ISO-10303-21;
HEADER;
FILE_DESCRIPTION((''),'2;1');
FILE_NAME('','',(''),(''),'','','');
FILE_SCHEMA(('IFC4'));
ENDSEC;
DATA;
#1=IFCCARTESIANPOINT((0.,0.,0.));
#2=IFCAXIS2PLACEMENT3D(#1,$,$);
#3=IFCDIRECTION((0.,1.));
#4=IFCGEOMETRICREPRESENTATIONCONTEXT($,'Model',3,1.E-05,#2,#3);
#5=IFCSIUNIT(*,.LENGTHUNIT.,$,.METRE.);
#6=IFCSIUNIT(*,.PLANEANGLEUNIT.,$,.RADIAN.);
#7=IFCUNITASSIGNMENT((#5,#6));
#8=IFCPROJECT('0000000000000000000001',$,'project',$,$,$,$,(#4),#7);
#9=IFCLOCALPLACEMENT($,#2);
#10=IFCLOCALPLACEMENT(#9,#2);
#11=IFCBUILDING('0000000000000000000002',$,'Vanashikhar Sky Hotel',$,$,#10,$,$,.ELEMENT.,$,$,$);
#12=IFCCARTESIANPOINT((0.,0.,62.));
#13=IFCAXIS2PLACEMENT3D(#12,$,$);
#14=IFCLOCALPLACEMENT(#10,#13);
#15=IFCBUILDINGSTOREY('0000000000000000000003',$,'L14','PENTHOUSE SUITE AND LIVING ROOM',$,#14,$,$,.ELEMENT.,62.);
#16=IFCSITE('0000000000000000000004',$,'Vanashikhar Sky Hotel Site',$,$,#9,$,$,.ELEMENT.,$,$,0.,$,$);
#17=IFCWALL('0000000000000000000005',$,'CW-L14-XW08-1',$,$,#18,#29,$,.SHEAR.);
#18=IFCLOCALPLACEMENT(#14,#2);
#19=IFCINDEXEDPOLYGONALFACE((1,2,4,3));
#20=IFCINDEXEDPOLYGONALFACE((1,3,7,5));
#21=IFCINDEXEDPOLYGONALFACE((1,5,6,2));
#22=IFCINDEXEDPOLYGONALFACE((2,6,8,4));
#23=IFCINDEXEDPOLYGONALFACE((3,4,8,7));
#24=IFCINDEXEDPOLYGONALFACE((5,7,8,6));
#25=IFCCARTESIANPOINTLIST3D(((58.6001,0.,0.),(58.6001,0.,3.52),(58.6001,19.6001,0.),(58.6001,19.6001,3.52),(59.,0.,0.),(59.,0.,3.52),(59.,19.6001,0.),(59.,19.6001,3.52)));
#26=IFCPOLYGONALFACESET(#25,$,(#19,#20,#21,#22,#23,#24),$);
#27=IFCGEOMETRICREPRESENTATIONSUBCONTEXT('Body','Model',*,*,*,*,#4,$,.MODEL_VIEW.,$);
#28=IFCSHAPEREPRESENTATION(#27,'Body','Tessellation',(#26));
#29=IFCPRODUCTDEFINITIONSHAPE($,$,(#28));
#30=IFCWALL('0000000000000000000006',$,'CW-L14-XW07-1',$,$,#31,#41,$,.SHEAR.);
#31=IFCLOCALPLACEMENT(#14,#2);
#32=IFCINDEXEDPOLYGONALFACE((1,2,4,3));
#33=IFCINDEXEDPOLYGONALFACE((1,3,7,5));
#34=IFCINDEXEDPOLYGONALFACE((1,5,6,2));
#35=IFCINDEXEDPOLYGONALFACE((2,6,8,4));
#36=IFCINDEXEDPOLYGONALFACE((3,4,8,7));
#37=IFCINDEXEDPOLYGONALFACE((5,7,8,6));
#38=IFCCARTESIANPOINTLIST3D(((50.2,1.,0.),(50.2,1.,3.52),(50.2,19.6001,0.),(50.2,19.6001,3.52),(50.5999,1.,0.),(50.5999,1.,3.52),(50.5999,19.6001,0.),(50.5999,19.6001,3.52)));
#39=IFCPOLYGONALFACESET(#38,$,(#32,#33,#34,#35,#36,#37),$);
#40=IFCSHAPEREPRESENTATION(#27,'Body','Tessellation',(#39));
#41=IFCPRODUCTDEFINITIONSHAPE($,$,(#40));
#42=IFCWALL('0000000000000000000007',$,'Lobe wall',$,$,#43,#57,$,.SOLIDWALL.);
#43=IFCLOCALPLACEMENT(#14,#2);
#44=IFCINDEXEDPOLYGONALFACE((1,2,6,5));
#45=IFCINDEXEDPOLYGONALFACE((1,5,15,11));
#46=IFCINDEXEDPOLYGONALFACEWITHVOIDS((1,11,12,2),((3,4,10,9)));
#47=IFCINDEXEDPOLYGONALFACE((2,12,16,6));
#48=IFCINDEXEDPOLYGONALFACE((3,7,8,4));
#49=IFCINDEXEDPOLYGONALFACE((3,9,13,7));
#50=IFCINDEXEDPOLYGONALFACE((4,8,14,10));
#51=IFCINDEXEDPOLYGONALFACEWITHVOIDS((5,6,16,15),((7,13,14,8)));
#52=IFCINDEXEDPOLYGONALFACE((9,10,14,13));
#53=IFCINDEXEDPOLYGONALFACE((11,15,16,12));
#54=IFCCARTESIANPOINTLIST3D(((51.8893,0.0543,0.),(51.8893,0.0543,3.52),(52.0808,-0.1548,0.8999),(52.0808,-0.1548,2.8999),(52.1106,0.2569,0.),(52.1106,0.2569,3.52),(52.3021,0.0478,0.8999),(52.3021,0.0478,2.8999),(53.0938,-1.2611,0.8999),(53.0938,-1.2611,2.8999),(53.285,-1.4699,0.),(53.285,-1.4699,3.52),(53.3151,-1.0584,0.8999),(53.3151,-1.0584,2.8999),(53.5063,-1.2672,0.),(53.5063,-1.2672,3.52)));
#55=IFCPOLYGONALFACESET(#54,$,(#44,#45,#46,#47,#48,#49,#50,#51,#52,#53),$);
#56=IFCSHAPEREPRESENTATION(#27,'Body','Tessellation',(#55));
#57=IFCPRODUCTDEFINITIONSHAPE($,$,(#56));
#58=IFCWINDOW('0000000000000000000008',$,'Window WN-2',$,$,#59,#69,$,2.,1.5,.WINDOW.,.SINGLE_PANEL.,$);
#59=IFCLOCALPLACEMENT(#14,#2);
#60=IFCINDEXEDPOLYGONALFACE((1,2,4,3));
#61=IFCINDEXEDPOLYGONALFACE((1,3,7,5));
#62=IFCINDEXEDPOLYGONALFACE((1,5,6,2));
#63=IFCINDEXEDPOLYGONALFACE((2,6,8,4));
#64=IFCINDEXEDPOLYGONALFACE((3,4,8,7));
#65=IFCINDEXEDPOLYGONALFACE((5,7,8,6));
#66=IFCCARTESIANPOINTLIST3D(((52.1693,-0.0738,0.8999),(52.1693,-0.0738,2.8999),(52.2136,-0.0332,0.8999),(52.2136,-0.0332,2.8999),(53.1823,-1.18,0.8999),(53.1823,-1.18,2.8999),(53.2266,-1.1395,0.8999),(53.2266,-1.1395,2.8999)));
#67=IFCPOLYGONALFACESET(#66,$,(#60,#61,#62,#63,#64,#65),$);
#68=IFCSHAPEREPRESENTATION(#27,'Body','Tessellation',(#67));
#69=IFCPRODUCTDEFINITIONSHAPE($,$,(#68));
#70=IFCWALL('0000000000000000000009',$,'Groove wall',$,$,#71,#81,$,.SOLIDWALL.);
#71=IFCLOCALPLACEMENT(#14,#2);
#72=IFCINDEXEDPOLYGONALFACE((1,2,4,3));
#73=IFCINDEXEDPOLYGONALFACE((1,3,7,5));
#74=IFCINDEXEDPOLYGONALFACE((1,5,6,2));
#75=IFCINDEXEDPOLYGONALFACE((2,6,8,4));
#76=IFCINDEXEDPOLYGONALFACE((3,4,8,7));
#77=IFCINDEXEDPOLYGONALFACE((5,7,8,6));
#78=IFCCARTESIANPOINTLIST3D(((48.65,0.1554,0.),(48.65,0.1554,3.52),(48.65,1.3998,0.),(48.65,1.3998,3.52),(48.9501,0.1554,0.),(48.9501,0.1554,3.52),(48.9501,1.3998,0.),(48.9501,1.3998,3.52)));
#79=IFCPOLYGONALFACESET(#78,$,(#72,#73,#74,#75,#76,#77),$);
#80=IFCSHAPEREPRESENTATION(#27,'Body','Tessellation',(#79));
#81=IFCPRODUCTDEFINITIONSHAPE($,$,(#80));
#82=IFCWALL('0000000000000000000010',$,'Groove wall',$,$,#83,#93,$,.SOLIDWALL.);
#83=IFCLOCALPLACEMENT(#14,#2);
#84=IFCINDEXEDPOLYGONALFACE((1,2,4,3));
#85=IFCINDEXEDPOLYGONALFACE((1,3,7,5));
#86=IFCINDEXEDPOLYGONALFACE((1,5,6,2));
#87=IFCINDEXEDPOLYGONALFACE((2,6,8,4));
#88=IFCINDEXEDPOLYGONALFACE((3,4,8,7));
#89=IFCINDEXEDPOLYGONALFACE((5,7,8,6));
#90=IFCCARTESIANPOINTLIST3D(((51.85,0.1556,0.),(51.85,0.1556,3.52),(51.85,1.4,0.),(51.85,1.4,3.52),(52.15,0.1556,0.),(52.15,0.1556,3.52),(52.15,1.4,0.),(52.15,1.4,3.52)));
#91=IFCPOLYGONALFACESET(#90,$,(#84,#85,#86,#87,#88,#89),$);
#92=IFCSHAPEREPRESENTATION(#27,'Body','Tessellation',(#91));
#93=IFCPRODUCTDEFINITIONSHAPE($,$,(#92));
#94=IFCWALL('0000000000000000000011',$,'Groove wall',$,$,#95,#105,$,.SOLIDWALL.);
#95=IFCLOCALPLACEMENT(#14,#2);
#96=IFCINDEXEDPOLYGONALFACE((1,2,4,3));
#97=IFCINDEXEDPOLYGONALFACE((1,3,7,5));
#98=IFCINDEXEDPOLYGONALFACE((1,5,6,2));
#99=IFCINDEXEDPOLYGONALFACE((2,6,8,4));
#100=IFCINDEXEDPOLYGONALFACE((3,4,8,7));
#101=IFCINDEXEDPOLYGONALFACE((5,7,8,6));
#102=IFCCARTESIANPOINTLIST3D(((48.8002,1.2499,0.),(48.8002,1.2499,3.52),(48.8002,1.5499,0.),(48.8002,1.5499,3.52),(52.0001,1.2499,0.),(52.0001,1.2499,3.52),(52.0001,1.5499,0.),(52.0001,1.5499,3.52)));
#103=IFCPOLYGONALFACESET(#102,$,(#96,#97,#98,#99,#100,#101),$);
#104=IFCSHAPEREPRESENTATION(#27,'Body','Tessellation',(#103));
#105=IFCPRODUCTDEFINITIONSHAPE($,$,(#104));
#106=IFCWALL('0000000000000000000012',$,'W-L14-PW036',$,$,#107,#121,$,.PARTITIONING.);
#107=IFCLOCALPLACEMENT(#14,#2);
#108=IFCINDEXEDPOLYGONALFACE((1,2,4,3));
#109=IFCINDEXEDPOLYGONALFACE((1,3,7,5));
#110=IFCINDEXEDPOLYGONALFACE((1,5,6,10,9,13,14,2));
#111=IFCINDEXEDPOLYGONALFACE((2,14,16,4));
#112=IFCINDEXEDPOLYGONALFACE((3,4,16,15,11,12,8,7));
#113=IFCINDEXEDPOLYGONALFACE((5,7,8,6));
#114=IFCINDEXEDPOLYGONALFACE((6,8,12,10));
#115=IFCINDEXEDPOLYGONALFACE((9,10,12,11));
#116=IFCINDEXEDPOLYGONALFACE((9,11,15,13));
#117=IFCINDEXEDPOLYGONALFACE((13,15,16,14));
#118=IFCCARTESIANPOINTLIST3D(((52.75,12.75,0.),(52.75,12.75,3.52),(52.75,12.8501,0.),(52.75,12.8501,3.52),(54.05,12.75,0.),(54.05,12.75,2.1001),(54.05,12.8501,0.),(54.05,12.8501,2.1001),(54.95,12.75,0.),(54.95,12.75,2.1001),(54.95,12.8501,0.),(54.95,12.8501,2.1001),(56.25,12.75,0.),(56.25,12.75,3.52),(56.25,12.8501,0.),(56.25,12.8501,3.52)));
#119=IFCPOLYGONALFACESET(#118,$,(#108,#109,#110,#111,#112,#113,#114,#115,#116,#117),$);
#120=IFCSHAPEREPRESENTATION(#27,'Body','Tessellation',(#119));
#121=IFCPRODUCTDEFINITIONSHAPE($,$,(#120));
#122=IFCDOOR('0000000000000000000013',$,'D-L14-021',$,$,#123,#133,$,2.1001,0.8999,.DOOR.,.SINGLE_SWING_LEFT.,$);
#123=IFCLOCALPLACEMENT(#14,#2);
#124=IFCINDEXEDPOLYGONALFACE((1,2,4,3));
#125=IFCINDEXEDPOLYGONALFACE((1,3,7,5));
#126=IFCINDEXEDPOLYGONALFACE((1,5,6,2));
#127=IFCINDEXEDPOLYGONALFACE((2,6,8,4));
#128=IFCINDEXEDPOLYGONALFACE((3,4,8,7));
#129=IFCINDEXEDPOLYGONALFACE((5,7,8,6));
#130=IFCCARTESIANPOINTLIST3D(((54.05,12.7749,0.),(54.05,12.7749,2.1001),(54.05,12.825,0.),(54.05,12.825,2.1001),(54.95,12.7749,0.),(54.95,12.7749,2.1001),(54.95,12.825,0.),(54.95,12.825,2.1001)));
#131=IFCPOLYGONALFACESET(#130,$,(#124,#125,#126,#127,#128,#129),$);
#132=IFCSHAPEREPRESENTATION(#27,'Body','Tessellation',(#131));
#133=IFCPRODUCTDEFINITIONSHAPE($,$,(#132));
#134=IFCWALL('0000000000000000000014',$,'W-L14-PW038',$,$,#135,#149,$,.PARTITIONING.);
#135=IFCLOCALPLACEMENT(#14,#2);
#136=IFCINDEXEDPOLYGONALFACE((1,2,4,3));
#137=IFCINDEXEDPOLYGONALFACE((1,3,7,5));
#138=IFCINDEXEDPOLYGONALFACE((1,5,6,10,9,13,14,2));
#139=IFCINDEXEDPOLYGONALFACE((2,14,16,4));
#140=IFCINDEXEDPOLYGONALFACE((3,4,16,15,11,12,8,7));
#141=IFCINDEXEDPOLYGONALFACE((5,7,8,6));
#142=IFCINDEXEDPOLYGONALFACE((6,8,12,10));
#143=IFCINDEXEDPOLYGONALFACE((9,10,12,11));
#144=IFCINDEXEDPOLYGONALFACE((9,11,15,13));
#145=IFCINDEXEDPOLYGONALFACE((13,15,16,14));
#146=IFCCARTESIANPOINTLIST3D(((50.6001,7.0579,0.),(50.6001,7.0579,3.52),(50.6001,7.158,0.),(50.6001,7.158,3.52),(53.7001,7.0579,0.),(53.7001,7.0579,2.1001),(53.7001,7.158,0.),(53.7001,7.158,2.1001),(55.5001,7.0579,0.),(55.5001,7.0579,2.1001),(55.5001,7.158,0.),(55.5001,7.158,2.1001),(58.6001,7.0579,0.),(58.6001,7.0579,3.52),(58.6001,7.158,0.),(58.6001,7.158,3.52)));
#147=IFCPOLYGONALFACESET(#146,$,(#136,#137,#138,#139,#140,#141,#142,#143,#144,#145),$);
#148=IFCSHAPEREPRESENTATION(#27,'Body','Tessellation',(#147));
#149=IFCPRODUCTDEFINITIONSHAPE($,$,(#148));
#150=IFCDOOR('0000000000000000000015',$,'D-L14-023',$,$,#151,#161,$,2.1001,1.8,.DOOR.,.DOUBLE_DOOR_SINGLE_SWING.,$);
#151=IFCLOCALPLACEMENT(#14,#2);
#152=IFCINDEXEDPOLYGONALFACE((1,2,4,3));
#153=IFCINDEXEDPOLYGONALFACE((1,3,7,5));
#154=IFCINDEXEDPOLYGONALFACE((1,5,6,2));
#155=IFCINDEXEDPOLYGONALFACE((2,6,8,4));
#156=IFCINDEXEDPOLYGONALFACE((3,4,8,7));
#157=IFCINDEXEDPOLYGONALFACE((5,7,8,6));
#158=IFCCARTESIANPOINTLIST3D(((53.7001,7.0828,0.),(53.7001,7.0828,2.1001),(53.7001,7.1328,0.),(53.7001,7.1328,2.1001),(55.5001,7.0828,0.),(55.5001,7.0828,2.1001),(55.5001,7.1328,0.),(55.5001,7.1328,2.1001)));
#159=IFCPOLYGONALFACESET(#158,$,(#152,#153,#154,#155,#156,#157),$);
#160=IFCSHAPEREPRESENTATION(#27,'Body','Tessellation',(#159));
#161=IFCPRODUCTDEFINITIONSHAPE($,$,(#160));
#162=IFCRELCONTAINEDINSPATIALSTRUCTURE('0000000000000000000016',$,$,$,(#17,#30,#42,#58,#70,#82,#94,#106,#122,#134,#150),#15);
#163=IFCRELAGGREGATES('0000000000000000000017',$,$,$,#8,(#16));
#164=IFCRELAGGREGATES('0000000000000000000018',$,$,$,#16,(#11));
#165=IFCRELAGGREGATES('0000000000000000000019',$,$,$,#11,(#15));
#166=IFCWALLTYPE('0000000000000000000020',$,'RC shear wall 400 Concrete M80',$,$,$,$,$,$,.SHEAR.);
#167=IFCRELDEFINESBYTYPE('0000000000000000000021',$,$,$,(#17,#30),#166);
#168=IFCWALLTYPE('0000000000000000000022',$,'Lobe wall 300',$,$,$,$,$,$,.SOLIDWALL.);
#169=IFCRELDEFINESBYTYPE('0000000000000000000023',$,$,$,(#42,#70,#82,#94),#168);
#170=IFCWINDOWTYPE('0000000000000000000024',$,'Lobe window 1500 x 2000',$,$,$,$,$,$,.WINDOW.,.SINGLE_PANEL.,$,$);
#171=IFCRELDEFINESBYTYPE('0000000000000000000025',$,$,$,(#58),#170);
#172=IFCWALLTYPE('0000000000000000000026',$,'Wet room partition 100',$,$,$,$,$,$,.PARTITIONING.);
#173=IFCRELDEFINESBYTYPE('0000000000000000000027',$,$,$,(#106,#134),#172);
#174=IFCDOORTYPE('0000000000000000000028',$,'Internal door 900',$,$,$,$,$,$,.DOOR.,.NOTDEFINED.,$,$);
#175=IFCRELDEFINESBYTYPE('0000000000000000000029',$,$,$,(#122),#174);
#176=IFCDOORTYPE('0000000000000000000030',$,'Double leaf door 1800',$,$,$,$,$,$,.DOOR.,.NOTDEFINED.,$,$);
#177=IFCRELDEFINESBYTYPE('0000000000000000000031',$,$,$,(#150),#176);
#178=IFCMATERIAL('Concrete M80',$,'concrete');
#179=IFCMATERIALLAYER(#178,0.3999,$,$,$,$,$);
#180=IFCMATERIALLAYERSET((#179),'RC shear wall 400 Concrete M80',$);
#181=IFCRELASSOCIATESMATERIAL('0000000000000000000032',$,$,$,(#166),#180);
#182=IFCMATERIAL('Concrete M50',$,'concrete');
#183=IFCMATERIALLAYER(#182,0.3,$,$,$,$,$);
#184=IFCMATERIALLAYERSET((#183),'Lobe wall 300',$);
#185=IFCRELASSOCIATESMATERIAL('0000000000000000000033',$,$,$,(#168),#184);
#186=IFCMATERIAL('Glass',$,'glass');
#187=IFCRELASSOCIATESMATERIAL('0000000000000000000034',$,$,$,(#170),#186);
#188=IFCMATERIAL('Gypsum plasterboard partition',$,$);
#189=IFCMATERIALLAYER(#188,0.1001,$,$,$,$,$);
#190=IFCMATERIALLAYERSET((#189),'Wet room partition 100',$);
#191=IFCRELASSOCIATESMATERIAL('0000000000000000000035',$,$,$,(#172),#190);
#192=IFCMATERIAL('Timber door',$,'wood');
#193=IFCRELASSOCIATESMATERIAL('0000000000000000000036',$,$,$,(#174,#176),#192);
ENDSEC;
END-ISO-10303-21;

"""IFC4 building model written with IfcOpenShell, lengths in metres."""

from ifc_helpers import new_model, si_unit, direction, frame, frame_2d, origin, place, context, subcontext, project, spatial, rectangle, extrude, source, transform, mapped, material, layer, layer_set, type_object, element, fill, save


model = new_model("IFC4")

# Units and contexts
model_context = context("Model", 3, precision=1e-05, world=origin(), true_north=direction((0.0, 1.0)))
body_context = subcontext(model_context, "Body", "Model", "MODEL_VIEW")
ifc_project = project(units=[si_unit("LENGTHUNIT", "METRE"), si_unit("PLANEANGLEUNIT", "RADIAN")], contexts=[model_context])

# Site, building, storey
site_placement = place(None, origin())
site = spatial("IfcSite", under=ifc_project, at=site_placement, Name="Vanashikhar Sky Hotel Site", CompositionType="ELEMENT", RefElevation=0.0)
building_placement = place(site_placement, origin())
building = spatial("IfcBuilding", under=site, at=building_placement, Name="Vanashikhar Sky Hotel", CompositionType="ELEMENT")
storey_placement = place(building_placement, frame((0.0, 0.0, 62.0)))
storey = spatial("IfcBuildingStorey", under=building, at=storey_placement, Name="L14", Description="PENTHOUSE SUITE AND LIVING ROOM", CompositionType="ELEMENT", Elevation=62.0)

# Walls
ifc_material_1 = material(Name="Concrete M80", Category="concrete")
ifc_layer_1 = layer(ifc_material_1, 0.3999)
ifc_layer_set_1 = layer_set([ifc_layer_1], Name="RC shear wall 400 Concrete M80")
wall_type_1 = type_object("IfcWallType", Name="RC shear wall 400 Concrete M80", PredefinedType="SHEAR", material=ifc_layer_set_1)
shared_shape_1 = source(origin(), body_context, "Body", "SweptSolid", [
    extrude(rectangle(XDim=19.6001, YDim=0.3999, at=frame_2d((9.8, 0.0))), origin(), (0.0, 0.0, 1.0), 3.52),
])
wall_1_placement = place(storey_placement, frame((58.8, 0.0, 0.0), z_axis=(0.0, 0.0, 1.0), x_axis=(0.0, 1.0, 0.0)))
element("IfcWall", 1, at=wall_1_placement, inside=storey, type_object=wall_type_1, Name="CW-L14-XW08-1", PredefinedType="SHEAR", context=body_context, shape_type="MappedRepresentation", body=[
    mapped(shared_shape_1, transform((0.0, 0.0, 0.0), scale=1.0)),
])
shared_shape_2 = source(origin(), body_context, "Body", "SweptSolid", [
    extrude(rectangle(XDim=18.6001, YDim=0.3999, at=frame_2d((9.3, 0.0))), origin(), (0.0, 0.0, 1.0), 3.52),
])
wall_2_placement = place(storey_placement, frame((50.3999, 1.0, 0.0), z_axis=(0.0, 0.0, 1.0), x_axis=(0.0, 1.0, 0.0)))
element("IfcWall", 2, at=wall_2_placement, inside=storey, type_object=wall_type_1, Name="CW-L14-XW07-1", PredefinedType="SHEAR", context=body_context, shape_type="MappedRepresentation", body=[
    mapped(shared_shape_2, transform((0.0, 0.0, 0.0), scale=1.0)),
])

# Wall, opening, window
ifc_material_2 = material(Name="Concrete M50", Category="concrete")
ifc_layer_2 = layer(ifc_material_2, 0.3)
ifc_layer_set_2 = layer_set([ifc_layer_2], Name="Lobe wall 300")
wall_type_2 = type_object("IfcWallType", Name="Lobe wall 300", PredefinedType="SOLIDWALL", material=ifc_layer_set_2)
shared_shape_3 = source(origin(), body_context, "Body", "SweptSolid", [
    extrude(rectangle(XDim=2.0667, YDim=0.3, at=frame_2d((1.0332, 0.0))), origin(), (0.0, 0.0, 1.0), 3.52),
])
wall_3_placement = place(storey_placement, frame((52.0, 0.1555, 0.0), z_axis=(0.0, 0.0, 1.0), x_axis=(0.675355, -0.737492, 0.0)))
wall_3 = element("IfcWall", 3, at=wall_3_placement, inside=storey, type_object=wall_type_2, Name="Lobe wall", PredefinedType="SOLIDWALL", context=body_context, shape_type="MappedRepresentation", body=[
    mapped(shared_shape_3, transform((0.0, 0.0, 0.0), scale=1.0)),
])
shared_shape_4 = source(origin(), body_context, "Body", "SweptSolid", [
    extrude(rectangle(XDim=1.5, YDim=2.0, at=frame_2d((0.75, 1.0))), frame((0.0, 0.1602, 0.0), z_axis=(0.0, -1.0, 0.0), x_axis=(1.0, 0.0, 0.0)), (0.0, 0.0, 1.0), 0.3201),
])
opening_1_placement = place(wall_3_placement, frame((0.2834, 0.0, 0.8999)))
opening_1 = element("IfcOpeningElement", 4, at=opening_1_placement, cuts=wall_3, PredefinedType="OPENING", context=body_context, shape_type="MappedRepresentation", body=[
    mapped(shared_shape_4, transform((0.0, 0.0, 0.0), scale=1.0)),
])
ifc_material_3 = material(Name="Glass", Category="glass")
window_type = type_object("IfcWindowType", Name="Lobe window 1500 x 2000", PartitioningType="SINGLE_PANEL", PredefinedType="WINDOW", material=ifc_material_3)
shared_shape_5 = source(origin(), body_context, "Body", "SweptSolid", [
    extrude(rectangle(XDim=1.5, YDim=2.0, at=frame_2d((0.75, 1.0))), frame((0.0, 0.03, 0.0), z_axis=(0.0, -1.0, 0.0), x_axis=(1.0, 0.0, 0.0)), (0.0, 0.0, 1.0), 0.0601),
])
window_placement = place(opening_1_placement, origin())
window = element("IfcWindow", 5, at=window_placement, inside=storey, type_object=window_type, Name="Window WN-2", OverallHeight=2.0, OverallWidth=1.5, PartitioningType="SINGLE_PANEL", PredefinedType="WINDOW", context=body_context, shape_type="MappedRepresentation", body=[
    mapped(shared_shape_5, transform((0.0, 0.0, 0.0), scale=1.0)),
])
fill(opening_1, window)

# Walls
shared_shape_6 = source(origin(), body_context, "Body", "SweptSolid", [
    extrude(rectangle(XDim=1.2444, YDim=0.3, at=frame_2d((0.6221, 0.0))), origin(), (0.0, 0.0, 1.0), 3.52),
])
for number, where, z_axis, x_axis, name in (
    (6, (48.8, 0.1555, 0.0), (0.0, 0.0, 1.0), (0.0, 1.0, 0.0), "Groove wall"),
    (7, (52.0, 1.3999, 0.0), (0.0, 0.0, 1.0), (0.0, -1.0, 0.0), "Groove wall"),
):
    element("IfcWall", number, at=place(storey_placement, frame(where, z_axis=z_axis, x_axis=x_axis)), inside=storey, type_object=wall_type_2, Name=name, PredefinedType="SOLIDWALL", context=body_context, shape_type="MappedRepresentation", body=[
        mapped(shared_shape_6, transform((0.0, 0.0, 0.0), scale=1.0)),
    ])
shared_shape_7 = source(origin(), body_context, "Body", "SweptSolid", [
    extrude(rectangle(XDim=3.2, YDim=0.3, at=frame_2d((1.6001, 0.0))), origin(), (0.0, 0.0, 1.0), 3.52),
])
wall_4_placement = place(storey_placement, frame((48.8, 1.3999, 0.0), z_axis=(0.0, 0.0, 1.0), x_axis=(1.0, 0.0, 0.0)))
element("IfcWall", 8, at=wall_4_placement, inside=storey, type_object=wall_type_2, Name="Groove wall", PredefinedType="SOLIDWALL", context=body_context, shape_type="MappedRepresentation", body=[
    mapped(shared_shape_7, transform((0.0, 0.0, 0.0), scale=1.0)),
])

# Walls, openings, doors
ifc_material_4 = material(Name="Gypsum plasterboard partition")
ifc_layer_3 = layer(ifc_material_4, 0.1001)
ifc_layer_set_3 = layer_set([ifc_layer_3], Name="Wet room partition 100")
wall_type_3 = type_object("IfcWallType", Name="Wet room partition 100", PredefinedType="PARTITIONING", material=ifc_layer_set_3)
shared_shape_8 = source(origin(), body_context, "Body", "SweptSolid", [
    extrude(rectangle(XDim=3.5, YDim=0.1001, at=frame_2d((1.75, 0.0))), origin(), (0.0, 0.0, 1.0), 3.52),
])
wall_5_placement = place(storey_placement, frame((52.75, 12.8, 0.0), z_axis=(0.0, 0.0, 1.0), x_axis=(1.0, 0.0, 0.0)))
wall_5 = element("IfcWall", 9, at=wall_5_placement, inside=storey, type_object=wall_type_3, Name="W-L14-PW036", PredefinedType="PARTITIONING", context=body_context, shape_type="MappedRepresentation", body=[
    mapped(shared_shape_8, transform((0.0, 0.0, 0.0), scale=1.0)),
])
shared_shape_9 = source(origin(), body_context, "Body", "SweptSolid", [
    extrude(rectangle(XDim=0.8999, YDim=2.1001, at=frame_2d((0.45, 1.05))), frame((0.0, 0.0601, 0.0), z_axis=(0.0, -1.0, 0.0), x_axis=(1.0, 0.0, 0.0)), (0.0, 0.0, 1.0), 0.1201),
])
opening_2_placement = place(wall_5_placement, frame((1.3, 0.0, 0.0)))
opening_2 = element("IfcOpeningElement", 10, at=opening_2_placement, cuts=wall_5, PredefinedType="OPENING", context=body_context, shape_type="MappedRepresentation", body=[
    mapped(shared_shape_9, transform((0.0, 0.0, 0.0), scale=1.0)),
])
ifc_material_5 = material(Name="Timber door", Category="wood")
door_type_1 = type_object("IfcDoorType", Name="Internal door 900", OperationType="NOTDEFINED", PredefinedType="DOOR", material=ifc_material_5)
shared_shape_10 = source(origin(), body_context, "Body", "SweptSolid", [
    extrude(rectangle(XDim=0.8999, YDim=2.1001, at=frame_2d((0.45, 1.05))), frame((0.0, 0.0249, 0.0), z_axis=(0.0, -1.0, 0.0), x_axis=(1.0, 0.0, 0.0)), (0.0, 0.0, 1.0), 0.05),
])
door_1_placement = place(opening_2_placement, origin())
door_1 = element("IfcDoor", 11, at=door_1_placement, inside=storey, type_object=door_type_1, Name="D-L14-021", OperationType="SINGLE_SWING_LEFT", OverallHeight=2.1001, OverallWidth=0.8999, PredefinedType="DOOR", context=body_context, shape_type="MappedRepresentation", body=[
    mapped(shared_shape_10, transform((0.0, 0.0, 0.0), scale=1.0)),
])
fill(opening_2, door_1)
shared_shape_11 = source(origin(), body_context, "Body", "SweptSolid", [
    extrude(rectangle(XDim=8.0, YDim=0.1001, at=frame_2d((4.0, 0.0))), origin(), (0.0, 0.0, 1.0), 3.52),
])
wall_6_placement = place(storey_placement, frame((50.6001, 7.1079, 0.0), z_axis=(0.0, 0.0, 1.0), x_axis=(1.0, 0.0, 0.0)))
wall_6 = element("IfcWall", 12, at=wall_6_placement, inside=storey, type_object=wall_type_3, Name="W-L14-PW038", PredefinedType="PARTITIONING", context=body_context, shape_type="MappedRepresentation", body=[
    mapped(shared_shape_11, transform((0.0, 0.0, 0.0), scale=1.0)),
])
shared_shape_12 = source(origin(), body_context, "Body", "SweptSolid", [
    extrude(rectangle(XDim=1.8, YDim=2.1001, at=frame_2d((0.8999, 1.05))), frame((0.0, 0.0601, 0.0), z_axis=(0.0, -1.0, 0.0), x_axis=(1.0, 0.0, 0.0)), (0.0, 0.0, 1.0), 0.1201),
])
opening_3_placement = place(wall_6_placement, frame((3.1001, 0.0, 0.0)))
opening_3 = element("IfcOpeningElement", 13, at=opening_3_placement, cuts=wall_6, PredefinedType="OPENING", context=body_context, shape_type="MappedRepresentation", body=[
    mapped(shared_shape_12, transform((0.0, 0.0, 0.0), scale=1.0)),
])
door_type_2 = type_object("IfcDoorType", Name="Double leaf door 1800", OperationType="NOTDEFINED", PredefinedType="DOOR", material=ifc_material_5)
shared_shape_13 = source(origin(), body_context, "Body", "SweptSolid", [
    extrude(rectangle(XDim=1.8, YDim=2.1001, at=frame_2d((0.8999, 1.05))), frame((0.0, 0.0249, 0.0), z_axis=(0.0, -1.0, 0.0), x_axis=(1.0, 0.0, 0.0)), (0.0, 0.0, 1.0), 0.05),
])
door_2_placement = place(opening_3_placement, origin())
door_2 = element("IfcDoor", 14, at=door_2_placement, inside=storey, type_object=door_type_2, Name="D-L14-023", OperationType="DOUBLE_DOOR_SINGLE_SWING", OverallHeight=2.1001, OverallWidth=1.8, PredefinedType="DOOR", context=body_context, shape_type="MappedRepresentation", body=[
    mapped(shared_shape_13, transform((0.0, 0.0, 0.0), scale=1.0)),
])
fill(opening_3, door_2)

save(model, "model.ifc")
